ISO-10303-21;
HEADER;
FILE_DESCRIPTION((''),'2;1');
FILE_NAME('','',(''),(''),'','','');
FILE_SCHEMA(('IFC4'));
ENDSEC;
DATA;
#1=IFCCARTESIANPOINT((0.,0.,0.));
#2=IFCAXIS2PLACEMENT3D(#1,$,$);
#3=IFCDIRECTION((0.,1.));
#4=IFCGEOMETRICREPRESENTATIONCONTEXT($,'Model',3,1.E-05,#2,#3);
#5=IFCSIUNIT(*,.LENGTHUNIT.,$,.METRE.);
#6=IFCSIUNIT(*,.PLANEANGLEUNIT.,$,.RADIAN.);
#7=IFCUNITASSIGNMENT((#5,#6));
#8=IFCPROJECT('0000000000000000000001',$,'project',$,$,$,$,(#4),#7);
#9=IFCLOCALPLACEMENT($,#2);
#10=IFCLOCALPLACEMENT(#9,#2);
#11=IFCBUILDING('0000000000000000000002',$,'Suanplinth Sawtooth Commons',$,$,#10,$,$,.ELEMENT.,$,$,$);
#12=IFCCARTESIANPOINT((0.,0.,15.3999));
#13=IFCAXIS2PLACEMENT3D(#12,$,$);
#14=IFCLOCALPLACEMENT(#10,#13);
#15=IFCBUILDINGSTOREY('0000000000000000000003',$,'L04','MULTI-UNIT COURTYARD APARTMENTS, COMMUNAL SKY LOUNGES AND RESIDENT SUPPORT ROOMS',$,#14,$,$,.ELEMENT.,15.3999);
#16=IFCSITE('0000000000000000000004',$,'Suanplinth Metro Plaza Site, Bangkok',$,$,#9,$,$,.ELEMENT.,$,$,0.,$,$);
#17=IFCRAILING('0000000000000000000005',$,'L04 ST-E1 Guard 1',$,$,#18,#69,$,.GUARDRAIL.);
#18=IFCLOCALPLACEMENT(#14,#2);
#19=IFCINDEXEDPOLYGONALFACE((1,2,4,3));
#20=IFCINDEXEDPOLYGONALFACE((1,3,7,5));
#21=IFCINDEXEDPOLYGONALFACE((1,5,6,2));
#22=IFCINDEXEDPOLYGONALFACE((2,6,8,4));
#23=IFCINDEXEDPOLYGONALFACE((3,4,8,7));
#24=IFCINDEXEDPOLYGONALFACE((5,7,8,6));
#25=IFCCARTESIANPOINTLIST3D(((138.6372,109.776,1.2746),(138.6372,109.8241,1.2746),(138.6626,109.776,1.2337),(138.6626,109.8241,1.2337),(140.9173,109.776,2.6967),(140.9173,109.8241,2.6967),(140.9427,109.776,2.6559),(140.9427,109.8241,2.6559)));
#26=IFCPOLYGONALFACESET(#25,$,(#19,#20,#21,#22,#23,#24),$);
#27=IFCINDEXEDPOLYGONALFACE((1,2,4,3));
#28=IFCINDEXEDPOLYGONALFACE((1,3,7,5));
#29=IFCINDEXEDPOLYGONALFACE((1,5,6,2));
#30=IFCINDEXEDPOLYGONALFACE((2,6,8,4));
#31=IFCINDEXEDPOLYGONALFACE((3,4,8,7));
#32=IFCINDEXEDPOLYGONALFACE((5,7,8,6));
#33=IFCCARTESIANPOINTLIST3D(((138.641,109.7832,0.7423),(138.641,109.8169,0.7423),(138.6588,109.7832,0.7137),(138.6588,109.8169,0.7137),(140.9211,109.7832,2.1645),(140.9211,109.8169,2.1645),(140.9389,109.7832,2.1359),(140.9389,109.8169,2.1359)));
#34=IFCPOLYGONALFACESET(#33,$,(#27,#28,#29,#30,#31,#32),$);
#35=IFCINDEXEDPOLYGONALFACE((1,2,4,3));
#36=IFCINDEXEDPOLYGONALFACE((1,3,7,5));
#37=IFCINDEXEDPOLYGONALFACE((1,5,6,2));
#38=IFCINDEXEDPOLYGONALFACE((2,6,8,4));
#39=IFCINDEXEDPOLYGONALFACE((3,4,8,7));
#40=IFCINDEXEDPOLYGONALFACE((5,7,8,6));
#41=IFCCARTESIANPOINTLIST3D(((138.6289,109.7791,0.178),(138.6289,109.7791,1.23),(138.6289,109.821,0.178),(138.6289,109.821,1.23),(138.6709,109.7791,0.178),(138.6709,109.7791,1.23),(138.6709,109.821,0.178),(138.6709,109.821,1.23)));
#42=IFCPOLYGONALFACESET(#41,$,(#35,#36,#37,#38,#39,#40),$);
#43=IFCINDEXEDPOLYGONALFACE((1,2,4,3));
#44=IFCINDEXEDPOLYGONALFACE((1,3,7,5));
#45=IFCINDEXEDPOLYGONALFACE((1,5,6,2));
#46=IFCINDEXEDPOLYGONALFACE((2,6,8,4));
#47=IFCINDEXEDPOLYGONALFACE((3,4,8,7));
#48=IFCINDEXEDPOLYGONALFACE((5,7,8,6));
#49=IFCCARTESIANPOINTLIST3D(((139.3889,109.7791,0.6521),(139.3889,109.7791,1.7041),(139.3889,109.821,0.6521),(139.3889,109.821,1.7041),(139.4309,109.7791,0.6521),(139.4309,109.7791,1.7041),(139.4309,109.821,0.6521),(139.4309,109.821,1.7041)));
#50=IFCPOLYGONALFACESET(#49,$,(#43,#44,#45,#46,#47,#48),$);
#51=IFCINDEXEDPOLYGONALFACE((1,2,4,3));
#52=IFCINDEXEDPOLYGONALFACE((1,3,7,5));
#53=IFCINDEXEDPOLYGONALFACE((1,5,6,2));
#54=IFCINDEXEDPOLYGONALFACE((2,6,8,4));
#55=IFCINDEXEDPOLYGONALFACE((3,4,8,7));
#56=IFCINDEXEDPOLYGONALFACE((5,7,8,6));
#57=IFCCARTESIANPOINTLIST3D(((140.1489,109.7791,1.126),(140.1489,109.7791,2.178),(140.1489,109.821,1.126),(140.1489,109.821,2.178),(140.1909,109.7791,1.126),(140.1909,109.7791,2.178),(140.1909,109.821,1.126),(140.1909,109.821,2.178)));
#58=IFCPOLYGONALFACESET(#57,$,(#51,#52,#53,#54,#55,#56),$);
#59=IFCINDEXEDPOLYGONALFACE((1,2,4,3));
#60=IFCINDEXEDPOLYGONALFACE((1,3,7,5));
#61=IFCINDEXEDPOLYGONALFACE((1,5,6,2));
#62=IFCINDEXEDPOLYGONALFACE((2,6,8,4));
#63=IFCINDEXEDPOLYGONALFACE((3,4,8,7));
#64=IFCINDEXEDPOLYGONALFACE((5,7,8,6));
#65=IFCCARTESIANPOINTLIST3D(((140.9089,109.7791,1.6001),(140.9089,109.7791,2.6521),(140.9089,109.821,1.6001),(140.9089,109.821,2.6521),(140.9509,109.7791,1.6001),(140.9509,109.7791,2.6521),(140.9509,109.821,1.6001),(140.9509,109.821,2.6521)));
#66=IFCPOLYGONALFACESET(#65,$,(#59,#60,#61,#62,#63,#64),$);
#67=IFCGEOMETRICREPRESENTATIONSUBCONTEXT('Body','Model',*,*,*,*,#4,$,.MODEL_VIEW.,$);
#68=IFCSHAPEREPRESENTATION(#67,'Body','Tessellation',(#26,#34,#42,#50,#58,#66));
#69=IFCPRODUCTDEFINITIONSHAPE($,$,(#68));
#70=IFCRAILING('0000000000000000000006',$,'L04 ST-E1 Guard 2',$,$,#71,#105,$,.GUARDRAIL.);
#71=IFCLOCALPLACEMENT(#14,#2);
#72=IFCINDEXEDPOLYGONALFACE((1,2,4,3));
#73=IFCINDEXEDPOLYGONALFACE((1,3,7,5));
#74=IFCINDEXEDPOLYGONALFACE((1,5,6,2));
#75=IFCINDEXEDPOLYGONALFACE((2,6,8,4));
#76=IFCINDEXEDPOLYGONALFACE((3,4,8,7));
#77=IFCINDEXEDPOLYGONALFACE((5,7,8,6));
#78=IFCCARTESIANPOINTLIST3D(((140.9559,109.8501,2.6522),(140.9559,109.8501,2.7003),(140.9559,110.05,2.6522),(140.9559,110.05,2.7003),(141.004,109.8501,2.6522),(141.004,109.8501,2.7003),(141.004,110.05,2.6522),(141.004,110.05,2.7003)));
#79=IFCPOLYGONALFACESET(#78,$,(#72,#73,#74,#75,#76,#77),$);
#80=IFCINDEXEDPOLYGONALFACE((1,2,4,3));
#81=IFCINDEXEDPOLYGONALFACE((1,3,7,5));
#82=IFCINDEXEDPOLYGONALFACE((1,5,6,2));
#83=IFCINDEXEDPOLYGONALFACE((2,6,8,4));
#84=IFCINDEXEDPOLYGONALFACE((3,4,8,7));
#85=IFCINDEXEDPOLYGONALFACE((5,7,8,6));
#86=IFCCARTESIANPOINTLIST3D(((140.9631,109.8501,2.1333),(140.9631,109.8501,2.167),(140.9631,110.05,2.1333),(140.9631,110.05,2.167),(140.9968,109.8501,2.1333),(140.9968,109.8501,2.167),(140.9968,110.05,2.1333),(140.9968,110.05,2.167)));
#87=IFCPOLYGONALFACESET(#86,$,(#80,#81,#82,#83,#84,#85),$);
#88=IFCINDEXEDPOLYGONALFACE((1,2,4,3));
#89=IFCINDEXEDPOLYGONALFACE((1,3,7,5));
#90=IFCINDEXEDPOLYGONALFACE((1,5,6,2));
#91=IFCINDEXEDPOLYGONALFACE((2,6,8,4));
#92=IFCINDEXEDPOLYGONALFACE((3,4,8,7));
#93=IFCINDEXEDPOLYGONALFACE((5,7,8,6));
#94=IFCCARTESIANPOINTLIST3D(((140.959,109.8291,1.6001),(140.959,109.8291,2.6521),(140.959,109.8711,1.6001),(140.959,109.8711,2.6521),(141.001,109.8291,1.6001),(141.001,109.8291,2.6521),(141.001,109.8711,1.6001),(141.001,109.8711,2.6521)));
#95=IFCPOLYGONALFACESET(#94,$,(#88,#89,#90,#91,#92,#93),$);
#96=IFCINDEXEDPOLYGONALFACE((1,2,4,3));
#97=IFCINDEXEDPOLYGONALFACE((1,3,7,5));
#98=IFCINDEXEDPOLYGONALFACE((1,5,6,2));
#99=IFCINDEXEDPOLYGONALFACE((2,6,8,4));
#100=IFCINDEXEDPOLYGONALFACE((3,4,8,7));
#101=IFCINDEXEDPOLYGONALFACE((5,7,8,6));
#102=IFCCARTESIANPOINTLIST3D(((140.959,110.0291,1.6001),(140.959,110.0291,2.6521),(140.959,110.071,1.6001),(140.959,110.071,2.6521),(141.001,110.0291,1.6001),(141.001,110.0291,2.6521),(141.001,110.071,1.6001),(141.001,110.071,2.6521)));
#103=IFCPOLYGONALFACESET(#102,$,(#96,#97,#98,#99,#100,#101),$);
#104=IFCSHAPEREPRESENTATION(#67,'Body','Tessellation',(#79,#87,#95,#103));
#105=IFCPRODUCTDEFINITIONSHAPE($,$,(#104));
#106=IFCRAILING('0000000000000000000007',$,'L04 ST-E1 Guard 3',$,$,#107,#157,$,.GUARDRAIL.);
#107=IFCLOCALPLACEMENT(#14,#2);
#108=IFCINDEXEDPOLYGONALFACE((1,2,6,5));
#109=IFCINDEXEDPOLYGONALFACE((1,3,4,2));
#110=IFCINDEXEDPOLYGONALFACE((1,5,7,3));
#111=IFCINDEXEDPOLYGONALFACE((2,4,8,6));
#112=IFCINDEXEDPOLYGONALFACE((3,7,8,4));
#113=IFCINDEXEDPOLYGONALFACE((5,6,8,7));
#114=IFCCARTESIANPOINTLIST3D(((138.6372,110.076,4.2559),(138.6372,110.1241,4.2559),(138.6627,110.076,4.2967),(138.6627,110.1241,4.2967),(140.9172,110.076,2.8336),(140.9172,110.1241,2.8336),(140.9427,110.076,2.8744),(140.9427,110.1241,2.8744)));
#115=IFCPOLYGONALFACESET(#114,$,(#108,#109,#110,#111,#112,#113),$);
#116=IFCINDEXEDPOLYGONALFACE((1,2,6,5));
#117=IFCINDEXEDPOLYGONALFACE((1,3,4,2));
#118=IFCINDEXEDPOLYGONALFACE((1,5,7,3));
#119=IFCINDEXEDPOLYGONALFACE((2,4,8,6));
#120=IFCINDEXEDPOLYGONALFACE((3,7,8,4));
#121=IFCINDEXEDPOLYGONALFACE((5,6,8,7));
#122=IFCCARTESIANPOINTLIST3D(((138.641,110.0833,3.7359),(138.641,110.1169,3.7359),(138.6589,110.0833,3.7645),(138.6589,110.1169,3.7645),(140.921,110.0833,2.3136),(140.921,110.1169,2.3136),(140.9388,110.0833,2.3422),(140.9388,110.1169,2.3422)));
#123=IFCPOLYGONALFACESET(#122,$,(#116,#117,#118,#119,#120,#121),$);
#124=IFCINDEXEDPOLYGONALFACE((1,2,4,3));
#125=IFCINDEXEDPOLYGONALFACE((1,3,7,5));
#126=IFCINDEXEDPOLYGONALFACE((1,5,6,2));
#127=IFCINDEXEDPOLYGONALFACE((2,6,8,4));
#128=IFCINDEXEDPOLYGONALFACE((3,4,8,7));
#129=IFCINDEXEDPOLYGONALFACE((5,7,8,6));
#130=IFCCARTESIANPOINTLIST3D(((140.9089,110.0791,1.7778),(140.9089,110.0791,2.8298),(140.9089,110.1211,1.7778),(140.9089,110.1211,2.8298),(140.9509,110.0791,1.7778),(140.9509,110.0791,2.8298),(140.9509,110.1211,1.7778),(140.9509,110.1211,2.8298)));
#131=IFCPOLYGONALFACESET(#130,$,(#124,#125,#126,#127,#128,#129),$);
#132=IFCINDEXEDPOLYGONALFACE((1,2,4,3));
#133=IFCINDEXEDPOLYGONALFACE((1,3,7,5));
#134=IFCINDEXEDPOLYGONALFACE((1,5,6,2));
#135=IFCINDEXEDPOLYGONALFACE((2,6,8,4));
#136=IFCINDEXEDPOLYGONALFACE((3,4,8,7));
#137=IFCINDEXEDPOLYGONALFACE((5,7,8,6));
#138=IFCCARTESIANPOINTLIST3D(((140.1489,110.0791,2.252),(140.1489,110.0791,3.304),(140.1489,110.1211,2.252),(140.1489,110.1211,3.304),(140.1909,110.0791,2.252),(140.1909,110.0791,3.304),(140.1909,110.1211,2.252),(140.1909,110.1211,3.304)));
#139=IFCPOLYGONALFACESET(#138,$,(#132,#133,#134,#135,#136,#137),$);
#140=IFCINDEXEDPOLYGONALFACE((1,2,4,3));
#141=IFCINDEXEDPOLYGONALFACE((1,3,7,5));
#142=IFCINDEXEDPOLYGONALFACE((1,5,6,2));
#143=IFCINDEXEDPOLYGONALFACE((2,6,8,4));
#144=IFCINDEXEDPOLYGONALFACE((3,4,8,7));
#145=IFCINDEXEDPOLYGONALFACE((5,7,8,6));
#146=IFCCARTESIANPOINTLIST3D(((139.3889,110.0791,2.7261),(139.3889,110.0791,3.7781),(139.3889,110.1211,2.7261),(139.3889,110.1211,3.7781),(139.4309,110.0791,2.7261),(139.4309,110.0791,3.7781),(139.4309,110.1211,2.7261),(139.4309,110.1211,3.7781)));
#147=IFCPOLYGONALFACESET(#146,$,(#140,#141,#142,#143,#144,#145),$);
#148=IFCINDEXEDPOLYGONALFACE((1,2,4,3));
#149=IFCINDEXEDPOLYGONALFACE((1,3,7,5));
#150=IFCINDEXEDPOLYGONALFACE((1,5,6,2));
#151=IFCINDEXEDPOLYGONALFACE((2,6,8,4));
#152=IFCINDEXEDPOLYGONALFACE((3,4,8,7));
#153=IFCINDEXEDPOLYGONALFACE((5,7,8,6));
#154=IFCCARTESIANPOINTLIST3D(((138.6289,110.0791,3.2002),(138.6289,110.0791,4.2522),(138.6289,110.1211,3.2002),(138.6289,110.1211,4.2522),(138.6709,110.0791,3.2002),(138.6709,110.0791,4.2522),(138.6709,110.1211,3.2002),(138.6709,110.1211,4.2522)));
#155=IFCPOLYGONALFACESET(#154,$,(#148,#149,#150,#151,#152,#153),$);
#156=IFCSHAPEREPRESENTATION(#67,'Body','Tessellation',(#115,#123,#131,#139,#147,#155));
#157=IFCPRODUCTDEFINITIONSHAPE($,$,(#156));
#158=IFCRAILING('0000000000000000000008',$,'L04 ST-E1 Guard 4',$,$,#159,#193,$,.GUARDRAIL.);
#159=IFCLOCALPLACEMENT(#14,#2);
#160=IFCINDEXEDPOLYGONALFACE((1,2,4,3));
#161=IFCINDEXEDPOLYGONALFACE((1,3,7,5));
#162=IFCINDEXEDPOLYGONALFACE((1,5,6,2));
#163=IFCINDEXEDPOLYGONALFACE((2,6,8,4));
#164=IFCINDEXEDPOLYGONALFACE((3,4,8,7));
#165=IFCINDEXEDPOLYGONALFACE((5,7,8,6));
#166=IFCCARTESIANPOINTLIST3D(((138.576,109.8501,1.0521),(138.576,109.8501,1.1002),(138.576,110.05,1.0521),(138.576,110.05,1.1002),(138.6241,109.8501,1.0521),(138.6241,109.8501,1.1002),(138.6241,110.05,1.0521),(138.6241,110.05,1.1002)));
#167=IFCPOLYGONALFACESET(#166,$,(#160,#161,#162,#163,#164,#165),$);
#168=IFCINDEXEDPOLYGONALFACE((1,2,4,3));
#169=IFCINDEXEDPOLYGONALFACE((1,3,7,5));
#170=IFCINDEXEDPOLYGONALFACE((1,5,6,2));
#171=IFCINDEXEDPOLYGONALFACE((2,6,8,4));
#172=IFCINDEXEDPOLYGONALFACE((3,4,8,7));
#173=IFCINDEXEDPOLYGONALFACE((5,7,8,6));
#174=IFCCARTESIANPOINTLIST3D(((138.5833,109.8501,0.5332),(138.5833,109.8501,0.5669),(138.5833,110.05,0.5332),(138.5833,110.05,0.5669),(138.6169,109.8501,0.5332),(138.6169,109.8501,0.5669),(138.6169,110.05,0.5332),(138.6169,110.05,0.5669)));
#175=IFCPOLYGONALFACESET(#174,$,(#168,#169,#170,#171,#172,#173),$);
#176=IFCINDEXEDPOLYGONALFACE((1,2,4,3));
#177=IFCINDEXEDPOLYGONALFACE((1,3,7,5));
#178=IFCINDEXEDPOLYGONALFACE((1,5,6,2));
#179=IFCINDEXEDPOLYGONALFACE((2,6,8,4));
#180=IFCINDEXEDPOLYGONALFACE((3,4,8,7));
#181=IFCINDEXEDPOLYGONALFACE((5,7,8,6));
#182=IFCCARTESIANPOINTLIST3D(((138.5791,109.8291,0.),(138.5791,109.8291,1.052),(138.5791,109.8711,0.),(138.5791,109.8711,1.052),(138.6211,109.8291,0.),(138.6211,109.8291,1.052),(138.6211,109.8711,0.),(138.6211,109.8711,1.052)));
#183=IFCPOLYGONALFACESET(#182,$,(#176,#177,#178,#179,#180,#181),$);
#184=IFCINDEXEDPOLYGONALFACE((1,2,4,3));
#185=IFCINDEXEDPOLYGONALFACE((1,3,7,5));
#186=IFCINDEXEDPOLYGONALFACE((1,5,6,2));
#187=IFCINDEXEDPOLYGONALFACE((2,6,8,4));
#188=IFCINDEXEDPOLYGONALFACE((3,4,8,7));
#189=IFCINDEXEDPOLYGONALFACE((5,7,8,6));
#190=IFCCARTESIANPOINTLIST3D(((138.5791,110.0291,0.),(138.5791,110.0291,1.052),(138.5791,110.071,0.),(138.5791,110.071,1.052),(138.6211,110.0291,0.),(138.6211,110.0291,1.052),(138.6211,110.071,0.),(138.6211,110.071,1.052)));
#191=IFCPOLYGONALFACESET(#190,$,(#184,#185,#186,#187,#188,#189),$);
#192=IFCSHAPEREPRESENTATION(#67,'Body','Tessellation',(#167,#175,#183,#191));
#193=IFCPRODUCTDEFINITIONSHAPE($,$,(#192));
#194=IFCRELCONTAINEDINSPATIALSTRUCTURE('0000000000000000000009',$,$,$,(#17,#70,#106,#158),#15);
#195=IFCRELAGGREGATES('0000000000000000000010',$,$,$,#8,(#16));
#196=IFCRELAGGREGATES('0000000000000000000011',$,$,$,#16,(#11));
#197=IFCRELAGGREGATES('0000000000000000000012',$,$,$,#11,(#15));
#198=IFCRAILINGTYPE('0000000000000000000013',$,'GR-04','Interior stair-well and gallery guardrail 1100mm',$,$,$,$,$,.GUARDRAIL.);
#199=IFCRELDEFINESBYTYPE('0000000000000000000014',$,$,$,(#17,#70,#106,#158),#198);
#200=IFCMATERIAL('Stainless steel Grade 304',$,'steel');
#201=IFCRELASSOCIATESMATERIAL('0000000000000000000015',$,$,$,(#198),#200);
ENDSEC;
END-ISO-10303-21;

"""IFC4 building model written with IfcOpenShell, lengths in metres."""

from ifc_helpers import new_model, si_unit, direction, frame, origin, origin_2d, place, context, subcontext, project, spatial, rectangle, extrude, material, type_object, element, save


model = new_model("IFC4")

# Units and contexts
model_context = context("Model", 3, precision=1e-05, world=origin(), true_north=direction((0.0, 1.0)))
body_context = subcontext(model_context, "Body", "Model", "MODEL_VIEW")
ifc_project = project(units=[si_unit("LENGTHUNIT", "METRE"), si_unit("PLANEANGLEUNIT", "RADIAN")], contexts=[model_context])

# Site, building, storey
site_placement = place(None, origin())
site = spatial("IfcSite", under=ifc_project, at=site_placement, Name="Suanplinth Metro Plaza Site, Bangkok", CompositionType="ELEMENT", RefElevation=0.0)
building_placement = place(site_placement, origin())
building = spatial("IfcBuilding", under=site, at=building_placement, Name="Suanplinth Sawtooth Commons", CompositionType="ELEMENT")
storey_placement = place(building_placement, frame((0.0, 0.0, 15.3999)))
storey = spatial("IfcBuildingStorey", under=building, at=storey_placement, Name="L04", Description="MULTI-UNIT COURTYARD APARTMENTS, COMMUNAL SKY LOUNGES AND RESIDENT SUPPORT ROOMS", CompositionType="ELEMENT", Elevation=15.3999)

# Railings
ifc_material_1 = material(Name="Stainless steel Grade 304", Category="steel")
railing_type_1 = type_object("IfcRailingType", Name="GR-04", Description="Interior stair-well and gallery guardrail 1100mm", PredefinedType="GUARDRAIL", material=ifc_material_1)
railing_1_placement = place(storey_placement, frame((138.6499, 109.8, 0.178)))
element("IfcRailing", 1, at=railing_1_placement, inside=storey, type_object=railing_type_1, Name="L04 ST-E1 Guard 1", PredefinedType="GUARDRAIL", context=body_context, shape_type="SweptSolid", body=[
    extrude(rectangle(XDim=0.0481, YDim=0.0481, at=origin_2d()), frame((0.0, 0.0, 1.0762), z_axis=(0.848483, 0.0, 0.529223), x_axis=(0.0, 1.0, 0.0)), (0.0, 0.0, 1.0), 2.6873),
    extrude(rectangle(XDim=0.0337, YDim=0.0337, at=origin_2d()), frame((0.0, 0.0, 0.55), z_axis=(0.848483, 0.0, 0.529223), x_axis=(0.0, 1.0, 0.0)), (0.0, 0.0, 1.0), 2.6873),
    extrude(rectangle(XDim=0.042, YDim=0.042, at=origin_2d()), origin(), (0.0, 0.0, 1.0), 1.052),
    extrude(rectangle(XDim=0.042, YDim=0.042, at=origin_2d()), frame((0.76, 0.0, 0.4741)), (0.0, 0.0, 1.0), 1.052),
    extrude(rectangle(XDim=0.042, YDim=0.042, at=origin_2d()), frame((1.52, 0.0, 0.948)), (0.0, 0.0, 1.0), 1.052),
    extrude(rectangle(XDim=0.042, YDim=0.042, at=origin_2d()), frame((2.28, 0.0, 1.4221)), (0.0, 0.0, 1.0), 1.052),
])
railing_2_placement = place(storey_placement, frame((140.98, 109.8501, 1.6001)))
element("IfcRailing", 2, at=railing_2_placement, inside=storey, type_object=railing_type_1, Name="L04 ST-E1 Guard 2", PredefinedType="GUARDRAIL", context=body_context, shape_type="SweptSolid", body=[
    extrude(rectangle(XDim=0.0481, YDim=0.0481, at=origin_2d()), frame((0.0, 0.0, 1.0762), z_axis=(0.0, 1.0, 0.0), x_axis=(-1.0, 0.0, 0.0)), (0.0, 0.0, 1.0), 0.2),
    extrude(rectangle(XDim=0.0337, YDim=0.0337, at=origin_2d()), frame((0.0, 0.0, 0.55), z_axis=(0.0, 1.0, 0.0), x_axis=(-1.0, 0.0, 0.0)), (0.0, 0.0, 1.0), 0.2),
    extrude(rectangle(XDim=0.042, YDim=0.042, at=origin_2d()), origin(), (0.0, 0.0, 1.0), 1.052),
    extrude(rectangle(XDim=0.042, YDim=0.042, at=origin_2d()), frame((0.0, 0.2, 0.0)), (0.0, 0.0, 1.0), 1.052),
])
railing_3_placement = place(storey_placement, frame((140.9299, 110.1001, 1.7778)))
element("IfcRailing", 3, at=railing_3_placement, inside=storey, type_object=railing_type_1, Name="L04 ST-E1 Guard 3", PredefinedType="GUARDRAIL", context=body_context, shape_type="SweptSolid", body=[
    extrude(rectangle(XDim=0.0481, YDim=0.0481, at=origin_2d()), frame((0.0, 0.0, 1.0762), z_axis=(-0.848442, 0.0, 0.529288), x_axis=(0.0, -1.0, 0.0)), (0.0, 0.0, 1.0), 2.6873),
    extrude(rectangle(XDim=0.0337, YDim=0.0337, at=origin_2d()), frame((0.0, 0.0, 0.55), z_axis=(-0.848442, 0.0, 0.529288), x_axis=(0.0, -1.0, 0.0)), (0.0, 0.0, 1.0), 2.6873),
    extrude(rectangle(XDim=0.042, YDim=0.042, at=origin_2d()), origin(), (0.0, 0.0, 1.0), 1.052),
    extrude(rectangle(XDim=0.042, YDim=0.042, at=origin_2d()), frame((-0.76, 0.0, 0.4741)), (0.0, 0.0, 1.0), 1.052),
    extrude(rectangle(XDim=0.042, YDim=0.042, at=origin_2d()), frame((-1.52, 0.0, 0.9482)), (0.0, 0.0, 1.0), 1.052),
    extrude(rectangle(XDim=0.042, YDim=0.042, at=origin_2d()), frame((-2.28, 0.0, 1.4224)), (0.0, 0.0, 1.0), 1.052),
])
railing_4_placement = place(storey_placement, frame((138.6001, 109.8501, 0.0)))
element("IfcRailing", 4, at=railing_4_placement, inside=storey, type_object=railing_type_1, Name="L04 ST-E1 Guard 4", PredefinedType="GUARDRAIL", context=body_context, shape_type="SweptSolid", body=[
    extrude(rectangle(XDim=0.0481, YDim=0.0481, at=origin_2d()), frame((0.0, 0.0, 1.0762), z_axis=(0.0, 1.0, 0.0), x_axis=(-1.0, 0.0, 0.0)), (0.0, 0.0, 1.0), 0.2),
    extrude(rectangle(XDim=0.0337, YDim=0.0337, at=origin_2d()), frame((0.0, 0.0, 0.55), z_axis=(0.0, 1.0, 0.0), x_axis=(-1.0, 0.0, 0.0)), (0.0, 0.0, 1.0), 0.2),
    extrude(rectangle(XDim=0.042, YDim=0.042, at=origin_2d()), origin(), (0.0, 0.0, 1.0), 1.052),
    extrude(rectangle(XDim=0.042, YDim=0.042, at=origin_2d()), frame((0.0, 0.2, 0.0)), (0.0, 0.0, 1.0), 1.052),
])

save(model, "model.ifc")
